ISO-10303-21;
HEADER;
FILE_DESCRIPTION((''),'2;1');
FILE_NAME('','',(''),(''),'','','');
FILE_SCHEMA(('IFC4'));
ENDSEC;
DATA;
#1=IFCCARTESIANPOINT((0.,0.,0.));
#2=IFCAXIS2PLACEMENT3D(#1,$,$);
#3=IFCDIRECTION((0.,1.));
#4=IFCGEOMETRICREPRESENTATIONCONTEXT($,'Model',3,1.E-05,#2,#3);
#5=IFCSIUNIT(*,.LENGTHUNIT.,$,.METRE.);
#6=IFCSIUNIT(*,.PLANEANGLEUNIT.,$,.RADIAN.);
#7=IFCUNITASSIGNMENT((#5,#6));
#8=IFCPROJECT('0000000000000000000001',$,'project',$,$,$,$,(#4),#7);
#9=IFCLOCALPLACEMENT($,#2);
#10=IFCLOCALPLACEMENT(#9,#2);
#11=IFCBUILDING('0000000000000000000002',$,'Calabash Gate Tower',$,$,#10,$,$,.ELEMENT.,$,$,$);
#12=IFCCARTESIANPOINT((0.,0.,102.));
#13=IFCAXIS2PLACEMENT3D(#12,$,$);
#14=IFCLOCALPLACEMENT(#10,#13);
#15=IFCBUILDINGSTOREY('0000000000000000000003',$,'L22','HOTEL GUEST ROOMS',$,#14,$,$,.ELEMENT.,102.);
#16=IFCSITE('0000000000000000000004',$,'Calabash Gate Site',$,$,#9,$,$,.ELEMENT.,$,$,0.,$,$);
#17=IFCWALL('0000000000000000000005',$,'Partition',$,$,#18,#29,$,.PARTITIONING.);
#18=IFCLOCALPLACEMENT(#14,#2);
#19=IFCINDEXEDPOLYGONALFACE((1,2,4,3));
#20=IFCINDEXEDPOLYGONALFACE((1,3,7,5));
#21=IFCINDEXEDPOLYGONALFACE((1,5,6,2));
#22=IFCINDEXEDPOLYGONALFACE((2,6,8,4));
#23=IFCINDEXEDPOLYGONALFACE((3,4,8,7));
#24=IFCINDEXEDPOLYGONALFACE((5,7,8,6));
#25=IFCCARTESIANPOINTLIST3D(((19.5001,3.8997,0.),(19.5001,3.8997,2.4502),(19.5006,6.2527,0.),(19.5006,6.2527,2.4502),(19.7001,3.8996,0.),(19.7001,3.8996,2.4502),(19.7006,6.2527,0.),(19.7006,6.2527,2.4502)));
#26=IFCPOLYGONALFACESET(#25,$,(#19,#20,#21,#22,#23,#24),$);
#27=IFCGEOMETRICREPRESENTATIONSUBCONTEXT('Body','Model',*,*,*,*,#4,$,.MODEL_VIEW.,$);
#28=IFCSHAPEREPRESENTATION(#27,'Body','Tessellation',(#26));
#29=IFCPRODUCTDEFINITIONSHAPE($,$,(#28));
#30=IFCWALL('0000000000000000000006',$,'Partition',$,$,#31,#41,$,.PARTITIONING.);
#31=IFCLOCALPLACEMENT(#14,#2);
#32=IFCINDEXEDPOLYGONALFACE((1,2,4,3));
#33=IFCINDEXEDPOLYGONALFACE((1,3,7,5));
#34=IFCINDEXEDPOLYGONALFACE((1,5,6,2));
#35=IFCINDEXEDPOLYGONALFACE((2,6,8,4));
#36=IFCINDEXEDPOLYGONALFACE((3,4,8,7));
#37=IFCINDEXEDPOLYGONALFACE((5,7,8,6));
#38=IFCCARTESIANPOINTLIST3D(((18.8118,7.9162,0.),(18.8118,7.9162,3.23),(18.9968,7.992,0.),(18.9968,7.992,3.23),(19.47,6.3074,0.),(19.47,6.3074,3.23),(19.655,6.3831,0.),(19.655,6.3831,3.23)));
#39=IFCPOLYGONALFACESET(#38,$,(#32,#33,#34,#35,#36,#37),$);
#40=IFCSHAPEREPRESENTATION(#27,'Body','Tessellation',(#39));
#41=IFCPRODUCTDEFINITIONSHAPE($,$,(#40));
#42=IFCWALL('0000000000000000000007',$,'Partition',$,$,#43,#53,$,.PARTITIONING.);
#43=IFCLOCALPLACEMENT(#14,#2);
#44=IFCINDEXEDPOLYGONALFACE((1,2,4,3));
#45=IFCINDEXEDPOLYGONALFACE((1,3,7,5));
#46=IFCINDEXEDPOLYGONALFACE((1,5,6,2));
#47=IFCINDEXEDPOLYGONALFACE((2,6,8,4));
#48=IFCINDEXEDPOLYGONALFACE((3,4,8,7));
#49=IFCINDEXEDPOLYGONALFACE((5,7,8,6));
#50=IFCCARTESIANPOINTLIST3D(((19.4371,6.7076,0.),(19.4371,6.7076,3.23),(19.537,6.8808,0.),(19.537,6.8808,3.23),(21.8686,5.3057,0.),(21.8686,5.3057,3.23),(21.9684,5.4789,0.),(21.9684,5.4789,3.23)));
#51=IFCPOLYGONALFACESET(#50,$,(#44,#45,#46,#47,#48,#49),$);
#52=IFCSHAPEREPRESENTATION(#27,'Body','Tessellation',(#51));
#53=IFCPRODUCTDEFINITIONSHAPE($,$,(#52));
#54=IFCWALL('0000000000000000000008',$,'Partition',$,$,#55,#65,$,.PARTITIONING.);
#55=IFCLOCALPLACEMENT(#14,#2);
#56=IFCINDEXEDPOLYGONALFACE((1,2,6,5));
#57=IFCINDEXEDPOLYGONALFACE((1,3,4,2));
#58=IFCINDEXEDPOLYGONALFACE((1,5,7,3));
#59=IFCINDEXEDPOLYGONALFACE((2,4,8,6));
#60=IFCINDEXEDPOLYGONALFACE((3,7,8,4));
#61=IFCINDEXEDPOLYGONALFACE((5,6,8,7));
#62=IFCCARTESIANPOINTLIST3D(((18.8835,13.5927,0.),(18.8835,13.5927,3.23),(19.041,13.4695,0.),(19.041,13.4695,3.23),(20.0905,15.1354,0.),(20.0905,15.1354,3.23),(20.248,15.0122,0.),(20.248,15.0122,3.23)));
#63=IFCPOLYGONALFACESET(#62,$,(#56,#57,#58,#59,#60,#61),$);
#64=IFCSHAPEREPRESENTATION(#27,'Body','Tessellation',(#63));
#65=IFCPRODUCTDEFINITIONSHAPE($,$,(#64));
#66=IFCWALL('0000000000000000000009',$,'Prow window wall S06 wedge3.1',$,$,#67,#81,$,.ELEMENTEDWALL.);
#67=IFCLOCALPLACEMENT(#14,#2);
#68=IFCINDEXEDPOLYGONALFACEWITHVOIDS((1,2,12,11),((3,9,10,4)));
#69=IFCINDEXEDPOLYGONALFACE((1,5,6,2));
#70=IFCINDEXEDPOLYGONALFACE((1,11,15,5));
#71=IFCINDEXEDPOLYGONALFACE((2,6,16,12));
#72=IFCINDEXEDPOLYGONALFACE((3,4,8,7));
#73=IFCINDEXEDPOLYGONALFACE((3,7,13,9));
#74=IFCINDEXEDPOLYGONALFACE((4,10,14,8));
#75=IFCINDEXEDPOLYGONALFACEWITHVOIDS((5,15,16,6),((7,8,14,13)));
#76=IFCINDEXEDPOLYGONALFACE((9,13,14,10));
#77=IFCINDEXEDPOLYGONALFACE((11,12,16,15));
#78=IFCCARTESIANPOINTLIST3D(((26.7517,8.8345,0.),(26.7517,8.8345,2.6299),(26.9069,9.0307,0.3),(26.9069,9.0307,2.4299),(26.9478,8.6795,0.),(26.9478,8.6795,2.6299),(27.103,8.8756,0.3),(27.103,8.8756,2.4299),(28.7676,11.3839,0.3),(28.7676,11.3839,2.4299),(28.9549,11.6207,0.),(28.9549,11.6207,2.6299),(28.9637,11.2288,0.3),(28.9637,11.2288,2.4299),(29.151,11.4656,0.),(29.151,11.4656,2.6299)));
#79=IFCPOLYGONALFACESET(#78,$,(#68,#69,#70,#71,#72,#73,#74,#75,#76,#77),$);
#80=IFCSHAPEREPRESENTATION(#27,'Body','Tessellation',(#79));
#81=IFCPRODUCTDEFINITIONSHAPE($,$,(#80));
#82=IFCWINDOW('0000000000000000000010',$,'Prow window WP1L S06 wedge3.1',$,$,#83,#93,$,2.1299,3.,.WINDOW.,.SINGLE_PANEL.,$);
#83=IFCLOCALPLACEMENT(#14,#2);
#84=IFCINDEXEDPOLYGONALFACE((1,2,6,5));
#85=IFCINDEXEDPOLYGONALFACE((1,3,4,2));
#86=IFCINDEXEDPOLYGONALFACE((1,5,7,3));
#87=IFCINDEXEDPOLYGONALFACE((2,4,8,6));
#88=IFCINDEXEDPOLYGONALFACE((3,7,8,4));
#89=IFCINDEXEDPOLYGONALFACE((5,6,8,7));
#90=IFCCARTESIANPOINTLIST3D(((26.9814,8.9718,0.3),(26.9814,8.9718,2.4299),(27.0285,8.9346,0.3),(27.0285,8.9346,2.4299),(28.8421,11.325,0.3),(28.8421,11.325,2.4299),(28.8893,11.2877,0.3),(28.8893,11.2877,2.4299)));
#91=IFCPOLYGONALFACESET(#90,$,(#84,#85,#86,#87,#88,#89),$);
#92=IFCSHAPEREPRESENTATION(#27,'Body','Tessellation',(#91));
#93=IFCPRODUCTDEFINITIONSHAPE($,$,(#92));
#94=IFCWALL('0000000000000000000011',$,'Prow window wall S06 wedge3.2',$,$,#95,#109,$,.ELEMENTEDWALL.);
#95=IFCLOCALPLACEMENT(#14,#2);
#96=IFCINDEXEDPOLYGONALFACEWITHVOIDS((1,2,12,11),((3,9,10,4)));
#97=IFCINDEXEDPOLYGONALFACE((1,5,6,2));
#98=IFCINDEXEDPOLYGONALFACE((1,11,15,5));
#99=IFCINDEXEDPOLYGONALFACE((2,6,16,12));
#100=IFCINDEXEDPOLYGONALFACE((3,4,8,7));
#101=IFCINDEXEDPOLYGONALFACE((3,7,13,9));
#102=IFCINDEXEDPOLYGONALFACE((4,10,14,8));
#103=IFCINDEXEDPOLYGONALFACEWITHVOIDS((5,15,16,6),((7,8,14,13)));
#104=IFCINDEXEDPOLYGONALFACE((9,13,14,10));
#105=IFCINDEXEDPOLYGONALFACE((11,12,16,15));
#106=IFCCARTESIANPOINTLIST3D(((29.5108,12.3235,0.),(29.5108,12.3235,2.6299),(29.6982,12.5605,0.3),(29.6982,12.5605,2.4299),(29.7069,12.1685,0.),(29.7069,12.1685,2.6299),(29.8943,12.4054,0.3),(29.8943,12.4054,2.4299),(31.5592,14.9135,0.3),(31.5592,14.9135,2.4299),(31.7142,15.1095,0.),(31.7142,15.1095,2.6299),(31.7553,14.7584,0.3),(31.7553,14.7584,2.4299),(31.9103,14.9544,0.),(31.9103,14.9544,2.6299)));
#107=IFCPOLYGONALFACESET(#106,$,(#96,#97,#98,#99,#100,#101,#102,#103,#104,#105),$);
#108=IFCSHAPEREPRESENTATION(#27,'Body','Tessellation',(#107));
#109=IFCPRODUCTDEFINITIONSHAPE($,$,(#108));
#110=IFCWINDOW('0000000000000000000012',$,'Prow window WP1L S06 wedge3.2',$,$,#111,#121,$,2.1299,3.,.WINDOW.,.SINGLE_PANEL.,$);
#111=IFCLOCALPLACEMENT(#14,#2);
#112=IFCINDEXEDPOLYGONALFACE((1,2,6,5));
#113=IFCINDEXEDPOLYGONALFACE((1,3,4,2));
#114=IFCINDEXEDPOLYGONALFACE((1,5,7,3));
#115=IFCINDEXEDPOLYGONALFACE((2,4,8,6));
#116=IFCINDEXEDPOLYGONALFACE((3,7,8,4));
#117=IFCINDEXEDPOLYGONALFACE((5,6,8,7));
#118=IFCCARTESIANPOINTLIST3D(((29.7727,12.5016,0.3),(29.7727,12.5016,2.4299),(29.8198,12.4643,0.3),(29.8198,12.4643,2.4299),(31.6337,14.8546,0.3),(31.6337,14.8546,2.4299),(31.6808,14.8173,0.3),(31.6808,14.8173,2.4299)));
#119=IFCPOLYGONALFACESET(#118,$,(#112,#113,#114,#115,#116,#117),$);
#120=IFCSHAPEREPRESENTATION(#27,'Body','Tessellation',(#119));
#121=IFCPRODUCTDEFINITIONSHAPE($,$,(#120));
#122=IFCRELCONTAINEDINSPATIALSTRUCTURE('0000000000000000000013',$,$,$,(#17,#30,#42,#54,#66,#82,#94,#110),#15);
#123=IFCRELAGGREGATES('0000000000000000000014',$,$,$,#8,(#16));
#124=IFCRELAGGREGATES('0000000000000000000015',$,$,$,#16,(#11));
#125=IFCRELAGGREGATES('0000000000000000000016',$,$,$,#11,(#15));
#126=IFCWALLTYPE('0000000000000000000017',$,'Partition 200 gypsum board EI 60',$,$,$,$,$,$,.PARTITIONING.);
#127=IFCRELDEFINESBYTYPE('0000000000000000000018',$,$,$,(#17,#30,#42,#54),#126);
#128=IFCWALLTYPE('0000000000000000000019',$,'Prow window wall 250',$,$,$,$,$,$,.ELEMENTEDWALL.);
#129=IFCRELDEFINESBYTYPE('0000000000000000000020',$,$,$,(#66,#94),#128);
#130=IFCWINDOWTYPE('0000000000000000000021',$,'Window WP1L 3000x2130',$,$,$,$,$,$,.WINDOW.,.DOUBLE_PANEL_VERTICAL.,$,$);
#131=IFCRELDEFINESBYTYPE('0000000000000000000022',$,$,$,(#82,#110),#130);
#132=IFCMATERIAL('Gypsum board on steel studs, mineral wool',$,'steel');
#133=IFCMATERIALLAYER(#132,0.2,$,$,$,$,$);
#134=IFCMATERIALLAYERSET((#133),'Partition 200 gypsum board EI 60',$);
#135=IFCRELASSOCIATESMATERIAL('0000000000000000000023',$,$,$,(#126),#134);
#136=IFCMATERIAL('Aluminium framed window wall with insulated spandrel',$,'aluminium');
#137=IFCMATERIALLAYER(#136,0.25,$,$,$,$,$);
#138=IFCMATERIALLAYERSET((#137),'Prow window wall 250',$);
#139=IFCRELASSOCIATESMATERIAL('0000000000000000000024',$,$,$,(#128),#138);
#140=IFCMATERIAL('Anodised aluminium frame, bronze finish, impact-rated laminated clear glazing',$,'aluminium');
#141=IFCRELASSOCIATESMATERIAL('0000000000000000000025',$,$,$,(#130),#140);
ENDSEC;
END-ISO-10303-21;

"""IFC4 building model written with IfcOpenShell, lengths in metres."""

from ifc_helpers import new_model, si_unit, direction, frame, frame_2d, origin, place, context, subcontext, project, spatial, rectangle, extrude, material, layer, layer_set, type_object, element, fill, save


model = new_model("IFC4")

# Units and contexts
model_context = context("Model", 3, precision=1e-05, world=origin(), true_north=direction((0.0, 1.0)))
body_context = subcontext(model_context, "Body", "Model", "MODEL_VIEW")
ifc_project = project(units=[si_unit("LENGTHUNIT", "METRE"), si_unit("PLANEANGLEUNIT", "RADIAN")], contexts=[model_context])

# Site, building, storey
site_placement = place(None, origin())
site = spatial("IfcSite", under=ifc_project, at=site_placement, Name="Calabash Gate Site", CompositionType="ELEMENT", RefElevation=0.0)
building_placement = place(site_placement, origin())
building = spatial("IfcBuilding", under=site, at=building_placement, Name="Calabash Gate Tower", CompositionType="ELEMENT")
storey_placement = place(building_placement, frame((0.0, 0.0, 102.0)))
storey = spatial("IfcBuildingStorey", under=building, at=storey_placement, Name="L22", Description="HOTEL GUEST ROOMS", CompositionType="ELEMENT", Elevation=102.0)

# Walls
ifc_material_1 = material(Name="Gypsum board on steel studs, mineral wool", Category="steel")
ifc_layer_1 = layer(ifc_material_1, 0.2)
ifc_layer_set_1 = layer_set([ifc_layer_1], Name="Partition 200 gypsum board EI 60")
wall_type_1 = type_object("IfcWallType", Name="Partition 200 gypsum board EI 60", PredefinedType="PARTITIONING", material=ifc_layer_set_1)
wall_1_placement = place(storey_placement, frame((19.6001, 3.8997, 0.0), z_axis=(0.0, 0.0, 1.0), x_axis=(0.000208, 1.0, 0.0)))
element("IfcWall", 1, at=wall_1_placement, inside=storey, type_object=wall_type_1, Name="Partition", PredefinedType="PARTITIONING", context=body_context, shape_type="SweptSolid", body=[
    extrude(rectangle(XDim=2.353, YDim=0.2, at=frame_2d((1.1765, 0.0))), origin(), (0.0, 0.0, 1.0), 2.4502),
])
wall_2_placement = place(storey_placement, frame((18.9043, 7.9541, 0.0), z_axis=(0.0, 0.0, 1.0), x_axis=(0.378644, -0.925542, 0.0)))
element("IfcWall", 2, at=wall_2_placement, inside=storey, type_object=wall_type_1, Name="Partition", PredefinedType="PARTITIONING", context=body_context, shape_type="SweptSolid", body=[
    extrude(rectangle(XDim=1.7383, YDim=0.2, at=frame_2d((0.8691, 0.0))), origin(), (0.0, 0.0, 1.0), 3.23),
])
wall_3_placement = place(storey_placement, frame((19.4871, 6.7942, 0.0), z_axis=(0.0, 0.0, 1.0), x_axis=(0.86632, -0.499489, 0.0)))
element("IfcWall", 3, at=wall_3_placement, inside=storey, type_object=wall_type_1, Name="Partition", PredefinedType="PARTITIONING", context=body_context, shape_type="SweptSolid", body=[
    extrude(rectangle(XDim=2.8066, YDim=0.2, at=frame_2d((1.4033, 0.0))), origin(), (0.0, 0.0, 1.0), 3.23),
])
wall_4_placement = place(storey_placement, frame((18.9622, 13.531, 0.0), z_axis=(0.0, 0.0, 1.0), x_axis=(0.616207, 0.787584, 0.0)))
element("IfcWall", 4, at=wall_4_placement, inside=storey, type_object=wall_type_1, Name="Partition", PredefinedType="PARTITIONING", context=body_context, shape_type="SweptSolid", body=[
    extrude(rectangle(XDim=1.9587, YDim=0.2, at=frame_2d((0.9795, 0.0))), origin(), (0.0, 0.0, 1.0), 3.23),
])

# Walls, openings, windows
ifc_material_2 = material(Name="Aluminium framed window wall with insulated spandrel", Category="aluminium")
ifc_layer_2 = layer(ifc_material_2, 0.25)
ifc_layer_set_2 = layer_set([ifc_layer_2], Name="Prow window wall 250")
wall_type_2 = type_object("IfcWallType", Name="Prow window wall 250", PredefinedType="ELEMENTEDWALL", material=ifc_layer_set_2)
wall_5_placement = place(storey_placement, frame((26.8499, 8.7571, 0.0), z_axis=(0.0, 0.0, 1.0), x_axis=(0.620259, 0.784397, 0.0)))
wall_5 = element("IfcWall", 5, at=wall_5_placement, inside=storey, type_object=wall_type_2, Name="Prow window wall S06 wedge3.1", PredefinedType="ELEMENTEDWALL", context=body_context, shape_type="SweptSolid", body=[
    extrude(rectangle(XDim=3.552, YDim=0.25, at=frame_2d((1.7759, 0.0))), origin(), (0.0, 0.0, 1.0), 2.6299),
])
opening_1_placement = place(wall_5_placement, frame((0.25, 0.0, 0.3)))
opening_1 = element("IfcOpeningElement", 6, at=opening_1_placement, cuts=wall_5, PredefinedType="OPENING", context=body_context, shape_type="SweptSolid", body=[
    extrude(rectangle(XDim=3.0, YDim=2.1299, at=frame_2d((1.5, 1.0649))), frame((0.0, 0.135, 0.0), z_axis=(0.0, -1.0, 0.0), x_axis=(1.0, 0.0, 0.0)), (0.0, 0.0, 1.0), 0.27),
])
ifc_material_3 = material(Name="Anodised aluminium frame, bronze finish, impact-rated laminated clear glazing", Category="aluminium")
window_type = type_object("IfcWindowType", Name="Window WP1L 3000x2130", PartitioningType="DOUBLE_PANEL_VERTICAL", PredefinedType="WINDOW", material=ifc_material_3)
window_1_placement = place(opening_1_placement, origin())
window_1 = element("IfcWindow", 7, at=window_1_placement, inside=storey, type_object=window_type, Name="Prow window WP1L S06 wedge3.1", OverallHeight=2.1299, OverallWidth=3.0, PartitioningType="SINGLE_PANEL", PredefinedType="WINDOW", context=body_context, shape_type="SweptSolid", body=[
    extrude(rectangle(XDim=3.0, YDim=2.1299, at=frame_2d((1.5, 1.0649))), frame((0.0, 0.03, 0.0), z_axis=(0.0, -1.0, 0.0), x_axis=(1.0, 0.0, 0.0)), (0.0, 0.0, 1.0), 0.0601),
])
fill(opening_1, window_1)
wall_6_placement = place(storey_placement, frame((29.6089, 12.2461, 0.0), z_axis=(0.0, 0.0, 1.0), x_axis=(0.620335, 0.784337, 0.0)))
wall_6 = element("IfcWall", 8, at=wall_6_placement, inside=storey, type_object=wall_type_2, Name="Prow window wall S06 wedge3.2", PredefinedType="ELEMENTEDWALL", context=body_context, shape_type="SweptSolid", body=[
    extrude(rectangle(XDim=3.552, YDim=0.25, at=frame_2d((1.7759, 0.0))), origin(), (0.0, 0.0, 1.0), 2.6299),
])
opening_2_placement = place(wall_6_placement, frame((0.302, 0.0, 0.3)))
opening_2 = element("IfcOpeningElement", 9, at=opening_2_placement, cuts=wall_6, PredefinedType="OPENING", context=body_context, shape_type="SweptSolid", body=[
    extrude(rectangle(XDim=3.0, YDim=2.1299, at=frame_2d((1.5, 1.0649))), frame((0.0, 0.135, 0.0), z_axis=(0.0, -1.0, 0.0), x_axis=(1.0, 0.0, 0.0)), (0.0, 0.0, 1.0), 0.27),
])
window_2_placement = place(opening_2_placement, origin())
window_2 = element("IfcWindow", 10, at=window_2_placement, inside=storey, type_object=window_type, Name="Prow window WP1L S06 wedge3.2", OverallHeight=2.1299, OverallWidth=3.0, PartitioningType="SINGLE_PANEL", PredefinedType="WINDOW", context=body_context, shape_type="SweptSolid", body=[
    extrude(rectangle(XDim=3.0, YDim=2.1299, at=frame_2d((1.5, 1.0649))), frame((0.0, 0.03, 0.0), z_axis=(0.0, -1.0, 0.0), x_axis=(1.0, 0.0, 0.0)), (0.0, 0.0, 1.0), 0.0601),
])
fill(opening_2, window_2)

save(model, "model.ifc")
